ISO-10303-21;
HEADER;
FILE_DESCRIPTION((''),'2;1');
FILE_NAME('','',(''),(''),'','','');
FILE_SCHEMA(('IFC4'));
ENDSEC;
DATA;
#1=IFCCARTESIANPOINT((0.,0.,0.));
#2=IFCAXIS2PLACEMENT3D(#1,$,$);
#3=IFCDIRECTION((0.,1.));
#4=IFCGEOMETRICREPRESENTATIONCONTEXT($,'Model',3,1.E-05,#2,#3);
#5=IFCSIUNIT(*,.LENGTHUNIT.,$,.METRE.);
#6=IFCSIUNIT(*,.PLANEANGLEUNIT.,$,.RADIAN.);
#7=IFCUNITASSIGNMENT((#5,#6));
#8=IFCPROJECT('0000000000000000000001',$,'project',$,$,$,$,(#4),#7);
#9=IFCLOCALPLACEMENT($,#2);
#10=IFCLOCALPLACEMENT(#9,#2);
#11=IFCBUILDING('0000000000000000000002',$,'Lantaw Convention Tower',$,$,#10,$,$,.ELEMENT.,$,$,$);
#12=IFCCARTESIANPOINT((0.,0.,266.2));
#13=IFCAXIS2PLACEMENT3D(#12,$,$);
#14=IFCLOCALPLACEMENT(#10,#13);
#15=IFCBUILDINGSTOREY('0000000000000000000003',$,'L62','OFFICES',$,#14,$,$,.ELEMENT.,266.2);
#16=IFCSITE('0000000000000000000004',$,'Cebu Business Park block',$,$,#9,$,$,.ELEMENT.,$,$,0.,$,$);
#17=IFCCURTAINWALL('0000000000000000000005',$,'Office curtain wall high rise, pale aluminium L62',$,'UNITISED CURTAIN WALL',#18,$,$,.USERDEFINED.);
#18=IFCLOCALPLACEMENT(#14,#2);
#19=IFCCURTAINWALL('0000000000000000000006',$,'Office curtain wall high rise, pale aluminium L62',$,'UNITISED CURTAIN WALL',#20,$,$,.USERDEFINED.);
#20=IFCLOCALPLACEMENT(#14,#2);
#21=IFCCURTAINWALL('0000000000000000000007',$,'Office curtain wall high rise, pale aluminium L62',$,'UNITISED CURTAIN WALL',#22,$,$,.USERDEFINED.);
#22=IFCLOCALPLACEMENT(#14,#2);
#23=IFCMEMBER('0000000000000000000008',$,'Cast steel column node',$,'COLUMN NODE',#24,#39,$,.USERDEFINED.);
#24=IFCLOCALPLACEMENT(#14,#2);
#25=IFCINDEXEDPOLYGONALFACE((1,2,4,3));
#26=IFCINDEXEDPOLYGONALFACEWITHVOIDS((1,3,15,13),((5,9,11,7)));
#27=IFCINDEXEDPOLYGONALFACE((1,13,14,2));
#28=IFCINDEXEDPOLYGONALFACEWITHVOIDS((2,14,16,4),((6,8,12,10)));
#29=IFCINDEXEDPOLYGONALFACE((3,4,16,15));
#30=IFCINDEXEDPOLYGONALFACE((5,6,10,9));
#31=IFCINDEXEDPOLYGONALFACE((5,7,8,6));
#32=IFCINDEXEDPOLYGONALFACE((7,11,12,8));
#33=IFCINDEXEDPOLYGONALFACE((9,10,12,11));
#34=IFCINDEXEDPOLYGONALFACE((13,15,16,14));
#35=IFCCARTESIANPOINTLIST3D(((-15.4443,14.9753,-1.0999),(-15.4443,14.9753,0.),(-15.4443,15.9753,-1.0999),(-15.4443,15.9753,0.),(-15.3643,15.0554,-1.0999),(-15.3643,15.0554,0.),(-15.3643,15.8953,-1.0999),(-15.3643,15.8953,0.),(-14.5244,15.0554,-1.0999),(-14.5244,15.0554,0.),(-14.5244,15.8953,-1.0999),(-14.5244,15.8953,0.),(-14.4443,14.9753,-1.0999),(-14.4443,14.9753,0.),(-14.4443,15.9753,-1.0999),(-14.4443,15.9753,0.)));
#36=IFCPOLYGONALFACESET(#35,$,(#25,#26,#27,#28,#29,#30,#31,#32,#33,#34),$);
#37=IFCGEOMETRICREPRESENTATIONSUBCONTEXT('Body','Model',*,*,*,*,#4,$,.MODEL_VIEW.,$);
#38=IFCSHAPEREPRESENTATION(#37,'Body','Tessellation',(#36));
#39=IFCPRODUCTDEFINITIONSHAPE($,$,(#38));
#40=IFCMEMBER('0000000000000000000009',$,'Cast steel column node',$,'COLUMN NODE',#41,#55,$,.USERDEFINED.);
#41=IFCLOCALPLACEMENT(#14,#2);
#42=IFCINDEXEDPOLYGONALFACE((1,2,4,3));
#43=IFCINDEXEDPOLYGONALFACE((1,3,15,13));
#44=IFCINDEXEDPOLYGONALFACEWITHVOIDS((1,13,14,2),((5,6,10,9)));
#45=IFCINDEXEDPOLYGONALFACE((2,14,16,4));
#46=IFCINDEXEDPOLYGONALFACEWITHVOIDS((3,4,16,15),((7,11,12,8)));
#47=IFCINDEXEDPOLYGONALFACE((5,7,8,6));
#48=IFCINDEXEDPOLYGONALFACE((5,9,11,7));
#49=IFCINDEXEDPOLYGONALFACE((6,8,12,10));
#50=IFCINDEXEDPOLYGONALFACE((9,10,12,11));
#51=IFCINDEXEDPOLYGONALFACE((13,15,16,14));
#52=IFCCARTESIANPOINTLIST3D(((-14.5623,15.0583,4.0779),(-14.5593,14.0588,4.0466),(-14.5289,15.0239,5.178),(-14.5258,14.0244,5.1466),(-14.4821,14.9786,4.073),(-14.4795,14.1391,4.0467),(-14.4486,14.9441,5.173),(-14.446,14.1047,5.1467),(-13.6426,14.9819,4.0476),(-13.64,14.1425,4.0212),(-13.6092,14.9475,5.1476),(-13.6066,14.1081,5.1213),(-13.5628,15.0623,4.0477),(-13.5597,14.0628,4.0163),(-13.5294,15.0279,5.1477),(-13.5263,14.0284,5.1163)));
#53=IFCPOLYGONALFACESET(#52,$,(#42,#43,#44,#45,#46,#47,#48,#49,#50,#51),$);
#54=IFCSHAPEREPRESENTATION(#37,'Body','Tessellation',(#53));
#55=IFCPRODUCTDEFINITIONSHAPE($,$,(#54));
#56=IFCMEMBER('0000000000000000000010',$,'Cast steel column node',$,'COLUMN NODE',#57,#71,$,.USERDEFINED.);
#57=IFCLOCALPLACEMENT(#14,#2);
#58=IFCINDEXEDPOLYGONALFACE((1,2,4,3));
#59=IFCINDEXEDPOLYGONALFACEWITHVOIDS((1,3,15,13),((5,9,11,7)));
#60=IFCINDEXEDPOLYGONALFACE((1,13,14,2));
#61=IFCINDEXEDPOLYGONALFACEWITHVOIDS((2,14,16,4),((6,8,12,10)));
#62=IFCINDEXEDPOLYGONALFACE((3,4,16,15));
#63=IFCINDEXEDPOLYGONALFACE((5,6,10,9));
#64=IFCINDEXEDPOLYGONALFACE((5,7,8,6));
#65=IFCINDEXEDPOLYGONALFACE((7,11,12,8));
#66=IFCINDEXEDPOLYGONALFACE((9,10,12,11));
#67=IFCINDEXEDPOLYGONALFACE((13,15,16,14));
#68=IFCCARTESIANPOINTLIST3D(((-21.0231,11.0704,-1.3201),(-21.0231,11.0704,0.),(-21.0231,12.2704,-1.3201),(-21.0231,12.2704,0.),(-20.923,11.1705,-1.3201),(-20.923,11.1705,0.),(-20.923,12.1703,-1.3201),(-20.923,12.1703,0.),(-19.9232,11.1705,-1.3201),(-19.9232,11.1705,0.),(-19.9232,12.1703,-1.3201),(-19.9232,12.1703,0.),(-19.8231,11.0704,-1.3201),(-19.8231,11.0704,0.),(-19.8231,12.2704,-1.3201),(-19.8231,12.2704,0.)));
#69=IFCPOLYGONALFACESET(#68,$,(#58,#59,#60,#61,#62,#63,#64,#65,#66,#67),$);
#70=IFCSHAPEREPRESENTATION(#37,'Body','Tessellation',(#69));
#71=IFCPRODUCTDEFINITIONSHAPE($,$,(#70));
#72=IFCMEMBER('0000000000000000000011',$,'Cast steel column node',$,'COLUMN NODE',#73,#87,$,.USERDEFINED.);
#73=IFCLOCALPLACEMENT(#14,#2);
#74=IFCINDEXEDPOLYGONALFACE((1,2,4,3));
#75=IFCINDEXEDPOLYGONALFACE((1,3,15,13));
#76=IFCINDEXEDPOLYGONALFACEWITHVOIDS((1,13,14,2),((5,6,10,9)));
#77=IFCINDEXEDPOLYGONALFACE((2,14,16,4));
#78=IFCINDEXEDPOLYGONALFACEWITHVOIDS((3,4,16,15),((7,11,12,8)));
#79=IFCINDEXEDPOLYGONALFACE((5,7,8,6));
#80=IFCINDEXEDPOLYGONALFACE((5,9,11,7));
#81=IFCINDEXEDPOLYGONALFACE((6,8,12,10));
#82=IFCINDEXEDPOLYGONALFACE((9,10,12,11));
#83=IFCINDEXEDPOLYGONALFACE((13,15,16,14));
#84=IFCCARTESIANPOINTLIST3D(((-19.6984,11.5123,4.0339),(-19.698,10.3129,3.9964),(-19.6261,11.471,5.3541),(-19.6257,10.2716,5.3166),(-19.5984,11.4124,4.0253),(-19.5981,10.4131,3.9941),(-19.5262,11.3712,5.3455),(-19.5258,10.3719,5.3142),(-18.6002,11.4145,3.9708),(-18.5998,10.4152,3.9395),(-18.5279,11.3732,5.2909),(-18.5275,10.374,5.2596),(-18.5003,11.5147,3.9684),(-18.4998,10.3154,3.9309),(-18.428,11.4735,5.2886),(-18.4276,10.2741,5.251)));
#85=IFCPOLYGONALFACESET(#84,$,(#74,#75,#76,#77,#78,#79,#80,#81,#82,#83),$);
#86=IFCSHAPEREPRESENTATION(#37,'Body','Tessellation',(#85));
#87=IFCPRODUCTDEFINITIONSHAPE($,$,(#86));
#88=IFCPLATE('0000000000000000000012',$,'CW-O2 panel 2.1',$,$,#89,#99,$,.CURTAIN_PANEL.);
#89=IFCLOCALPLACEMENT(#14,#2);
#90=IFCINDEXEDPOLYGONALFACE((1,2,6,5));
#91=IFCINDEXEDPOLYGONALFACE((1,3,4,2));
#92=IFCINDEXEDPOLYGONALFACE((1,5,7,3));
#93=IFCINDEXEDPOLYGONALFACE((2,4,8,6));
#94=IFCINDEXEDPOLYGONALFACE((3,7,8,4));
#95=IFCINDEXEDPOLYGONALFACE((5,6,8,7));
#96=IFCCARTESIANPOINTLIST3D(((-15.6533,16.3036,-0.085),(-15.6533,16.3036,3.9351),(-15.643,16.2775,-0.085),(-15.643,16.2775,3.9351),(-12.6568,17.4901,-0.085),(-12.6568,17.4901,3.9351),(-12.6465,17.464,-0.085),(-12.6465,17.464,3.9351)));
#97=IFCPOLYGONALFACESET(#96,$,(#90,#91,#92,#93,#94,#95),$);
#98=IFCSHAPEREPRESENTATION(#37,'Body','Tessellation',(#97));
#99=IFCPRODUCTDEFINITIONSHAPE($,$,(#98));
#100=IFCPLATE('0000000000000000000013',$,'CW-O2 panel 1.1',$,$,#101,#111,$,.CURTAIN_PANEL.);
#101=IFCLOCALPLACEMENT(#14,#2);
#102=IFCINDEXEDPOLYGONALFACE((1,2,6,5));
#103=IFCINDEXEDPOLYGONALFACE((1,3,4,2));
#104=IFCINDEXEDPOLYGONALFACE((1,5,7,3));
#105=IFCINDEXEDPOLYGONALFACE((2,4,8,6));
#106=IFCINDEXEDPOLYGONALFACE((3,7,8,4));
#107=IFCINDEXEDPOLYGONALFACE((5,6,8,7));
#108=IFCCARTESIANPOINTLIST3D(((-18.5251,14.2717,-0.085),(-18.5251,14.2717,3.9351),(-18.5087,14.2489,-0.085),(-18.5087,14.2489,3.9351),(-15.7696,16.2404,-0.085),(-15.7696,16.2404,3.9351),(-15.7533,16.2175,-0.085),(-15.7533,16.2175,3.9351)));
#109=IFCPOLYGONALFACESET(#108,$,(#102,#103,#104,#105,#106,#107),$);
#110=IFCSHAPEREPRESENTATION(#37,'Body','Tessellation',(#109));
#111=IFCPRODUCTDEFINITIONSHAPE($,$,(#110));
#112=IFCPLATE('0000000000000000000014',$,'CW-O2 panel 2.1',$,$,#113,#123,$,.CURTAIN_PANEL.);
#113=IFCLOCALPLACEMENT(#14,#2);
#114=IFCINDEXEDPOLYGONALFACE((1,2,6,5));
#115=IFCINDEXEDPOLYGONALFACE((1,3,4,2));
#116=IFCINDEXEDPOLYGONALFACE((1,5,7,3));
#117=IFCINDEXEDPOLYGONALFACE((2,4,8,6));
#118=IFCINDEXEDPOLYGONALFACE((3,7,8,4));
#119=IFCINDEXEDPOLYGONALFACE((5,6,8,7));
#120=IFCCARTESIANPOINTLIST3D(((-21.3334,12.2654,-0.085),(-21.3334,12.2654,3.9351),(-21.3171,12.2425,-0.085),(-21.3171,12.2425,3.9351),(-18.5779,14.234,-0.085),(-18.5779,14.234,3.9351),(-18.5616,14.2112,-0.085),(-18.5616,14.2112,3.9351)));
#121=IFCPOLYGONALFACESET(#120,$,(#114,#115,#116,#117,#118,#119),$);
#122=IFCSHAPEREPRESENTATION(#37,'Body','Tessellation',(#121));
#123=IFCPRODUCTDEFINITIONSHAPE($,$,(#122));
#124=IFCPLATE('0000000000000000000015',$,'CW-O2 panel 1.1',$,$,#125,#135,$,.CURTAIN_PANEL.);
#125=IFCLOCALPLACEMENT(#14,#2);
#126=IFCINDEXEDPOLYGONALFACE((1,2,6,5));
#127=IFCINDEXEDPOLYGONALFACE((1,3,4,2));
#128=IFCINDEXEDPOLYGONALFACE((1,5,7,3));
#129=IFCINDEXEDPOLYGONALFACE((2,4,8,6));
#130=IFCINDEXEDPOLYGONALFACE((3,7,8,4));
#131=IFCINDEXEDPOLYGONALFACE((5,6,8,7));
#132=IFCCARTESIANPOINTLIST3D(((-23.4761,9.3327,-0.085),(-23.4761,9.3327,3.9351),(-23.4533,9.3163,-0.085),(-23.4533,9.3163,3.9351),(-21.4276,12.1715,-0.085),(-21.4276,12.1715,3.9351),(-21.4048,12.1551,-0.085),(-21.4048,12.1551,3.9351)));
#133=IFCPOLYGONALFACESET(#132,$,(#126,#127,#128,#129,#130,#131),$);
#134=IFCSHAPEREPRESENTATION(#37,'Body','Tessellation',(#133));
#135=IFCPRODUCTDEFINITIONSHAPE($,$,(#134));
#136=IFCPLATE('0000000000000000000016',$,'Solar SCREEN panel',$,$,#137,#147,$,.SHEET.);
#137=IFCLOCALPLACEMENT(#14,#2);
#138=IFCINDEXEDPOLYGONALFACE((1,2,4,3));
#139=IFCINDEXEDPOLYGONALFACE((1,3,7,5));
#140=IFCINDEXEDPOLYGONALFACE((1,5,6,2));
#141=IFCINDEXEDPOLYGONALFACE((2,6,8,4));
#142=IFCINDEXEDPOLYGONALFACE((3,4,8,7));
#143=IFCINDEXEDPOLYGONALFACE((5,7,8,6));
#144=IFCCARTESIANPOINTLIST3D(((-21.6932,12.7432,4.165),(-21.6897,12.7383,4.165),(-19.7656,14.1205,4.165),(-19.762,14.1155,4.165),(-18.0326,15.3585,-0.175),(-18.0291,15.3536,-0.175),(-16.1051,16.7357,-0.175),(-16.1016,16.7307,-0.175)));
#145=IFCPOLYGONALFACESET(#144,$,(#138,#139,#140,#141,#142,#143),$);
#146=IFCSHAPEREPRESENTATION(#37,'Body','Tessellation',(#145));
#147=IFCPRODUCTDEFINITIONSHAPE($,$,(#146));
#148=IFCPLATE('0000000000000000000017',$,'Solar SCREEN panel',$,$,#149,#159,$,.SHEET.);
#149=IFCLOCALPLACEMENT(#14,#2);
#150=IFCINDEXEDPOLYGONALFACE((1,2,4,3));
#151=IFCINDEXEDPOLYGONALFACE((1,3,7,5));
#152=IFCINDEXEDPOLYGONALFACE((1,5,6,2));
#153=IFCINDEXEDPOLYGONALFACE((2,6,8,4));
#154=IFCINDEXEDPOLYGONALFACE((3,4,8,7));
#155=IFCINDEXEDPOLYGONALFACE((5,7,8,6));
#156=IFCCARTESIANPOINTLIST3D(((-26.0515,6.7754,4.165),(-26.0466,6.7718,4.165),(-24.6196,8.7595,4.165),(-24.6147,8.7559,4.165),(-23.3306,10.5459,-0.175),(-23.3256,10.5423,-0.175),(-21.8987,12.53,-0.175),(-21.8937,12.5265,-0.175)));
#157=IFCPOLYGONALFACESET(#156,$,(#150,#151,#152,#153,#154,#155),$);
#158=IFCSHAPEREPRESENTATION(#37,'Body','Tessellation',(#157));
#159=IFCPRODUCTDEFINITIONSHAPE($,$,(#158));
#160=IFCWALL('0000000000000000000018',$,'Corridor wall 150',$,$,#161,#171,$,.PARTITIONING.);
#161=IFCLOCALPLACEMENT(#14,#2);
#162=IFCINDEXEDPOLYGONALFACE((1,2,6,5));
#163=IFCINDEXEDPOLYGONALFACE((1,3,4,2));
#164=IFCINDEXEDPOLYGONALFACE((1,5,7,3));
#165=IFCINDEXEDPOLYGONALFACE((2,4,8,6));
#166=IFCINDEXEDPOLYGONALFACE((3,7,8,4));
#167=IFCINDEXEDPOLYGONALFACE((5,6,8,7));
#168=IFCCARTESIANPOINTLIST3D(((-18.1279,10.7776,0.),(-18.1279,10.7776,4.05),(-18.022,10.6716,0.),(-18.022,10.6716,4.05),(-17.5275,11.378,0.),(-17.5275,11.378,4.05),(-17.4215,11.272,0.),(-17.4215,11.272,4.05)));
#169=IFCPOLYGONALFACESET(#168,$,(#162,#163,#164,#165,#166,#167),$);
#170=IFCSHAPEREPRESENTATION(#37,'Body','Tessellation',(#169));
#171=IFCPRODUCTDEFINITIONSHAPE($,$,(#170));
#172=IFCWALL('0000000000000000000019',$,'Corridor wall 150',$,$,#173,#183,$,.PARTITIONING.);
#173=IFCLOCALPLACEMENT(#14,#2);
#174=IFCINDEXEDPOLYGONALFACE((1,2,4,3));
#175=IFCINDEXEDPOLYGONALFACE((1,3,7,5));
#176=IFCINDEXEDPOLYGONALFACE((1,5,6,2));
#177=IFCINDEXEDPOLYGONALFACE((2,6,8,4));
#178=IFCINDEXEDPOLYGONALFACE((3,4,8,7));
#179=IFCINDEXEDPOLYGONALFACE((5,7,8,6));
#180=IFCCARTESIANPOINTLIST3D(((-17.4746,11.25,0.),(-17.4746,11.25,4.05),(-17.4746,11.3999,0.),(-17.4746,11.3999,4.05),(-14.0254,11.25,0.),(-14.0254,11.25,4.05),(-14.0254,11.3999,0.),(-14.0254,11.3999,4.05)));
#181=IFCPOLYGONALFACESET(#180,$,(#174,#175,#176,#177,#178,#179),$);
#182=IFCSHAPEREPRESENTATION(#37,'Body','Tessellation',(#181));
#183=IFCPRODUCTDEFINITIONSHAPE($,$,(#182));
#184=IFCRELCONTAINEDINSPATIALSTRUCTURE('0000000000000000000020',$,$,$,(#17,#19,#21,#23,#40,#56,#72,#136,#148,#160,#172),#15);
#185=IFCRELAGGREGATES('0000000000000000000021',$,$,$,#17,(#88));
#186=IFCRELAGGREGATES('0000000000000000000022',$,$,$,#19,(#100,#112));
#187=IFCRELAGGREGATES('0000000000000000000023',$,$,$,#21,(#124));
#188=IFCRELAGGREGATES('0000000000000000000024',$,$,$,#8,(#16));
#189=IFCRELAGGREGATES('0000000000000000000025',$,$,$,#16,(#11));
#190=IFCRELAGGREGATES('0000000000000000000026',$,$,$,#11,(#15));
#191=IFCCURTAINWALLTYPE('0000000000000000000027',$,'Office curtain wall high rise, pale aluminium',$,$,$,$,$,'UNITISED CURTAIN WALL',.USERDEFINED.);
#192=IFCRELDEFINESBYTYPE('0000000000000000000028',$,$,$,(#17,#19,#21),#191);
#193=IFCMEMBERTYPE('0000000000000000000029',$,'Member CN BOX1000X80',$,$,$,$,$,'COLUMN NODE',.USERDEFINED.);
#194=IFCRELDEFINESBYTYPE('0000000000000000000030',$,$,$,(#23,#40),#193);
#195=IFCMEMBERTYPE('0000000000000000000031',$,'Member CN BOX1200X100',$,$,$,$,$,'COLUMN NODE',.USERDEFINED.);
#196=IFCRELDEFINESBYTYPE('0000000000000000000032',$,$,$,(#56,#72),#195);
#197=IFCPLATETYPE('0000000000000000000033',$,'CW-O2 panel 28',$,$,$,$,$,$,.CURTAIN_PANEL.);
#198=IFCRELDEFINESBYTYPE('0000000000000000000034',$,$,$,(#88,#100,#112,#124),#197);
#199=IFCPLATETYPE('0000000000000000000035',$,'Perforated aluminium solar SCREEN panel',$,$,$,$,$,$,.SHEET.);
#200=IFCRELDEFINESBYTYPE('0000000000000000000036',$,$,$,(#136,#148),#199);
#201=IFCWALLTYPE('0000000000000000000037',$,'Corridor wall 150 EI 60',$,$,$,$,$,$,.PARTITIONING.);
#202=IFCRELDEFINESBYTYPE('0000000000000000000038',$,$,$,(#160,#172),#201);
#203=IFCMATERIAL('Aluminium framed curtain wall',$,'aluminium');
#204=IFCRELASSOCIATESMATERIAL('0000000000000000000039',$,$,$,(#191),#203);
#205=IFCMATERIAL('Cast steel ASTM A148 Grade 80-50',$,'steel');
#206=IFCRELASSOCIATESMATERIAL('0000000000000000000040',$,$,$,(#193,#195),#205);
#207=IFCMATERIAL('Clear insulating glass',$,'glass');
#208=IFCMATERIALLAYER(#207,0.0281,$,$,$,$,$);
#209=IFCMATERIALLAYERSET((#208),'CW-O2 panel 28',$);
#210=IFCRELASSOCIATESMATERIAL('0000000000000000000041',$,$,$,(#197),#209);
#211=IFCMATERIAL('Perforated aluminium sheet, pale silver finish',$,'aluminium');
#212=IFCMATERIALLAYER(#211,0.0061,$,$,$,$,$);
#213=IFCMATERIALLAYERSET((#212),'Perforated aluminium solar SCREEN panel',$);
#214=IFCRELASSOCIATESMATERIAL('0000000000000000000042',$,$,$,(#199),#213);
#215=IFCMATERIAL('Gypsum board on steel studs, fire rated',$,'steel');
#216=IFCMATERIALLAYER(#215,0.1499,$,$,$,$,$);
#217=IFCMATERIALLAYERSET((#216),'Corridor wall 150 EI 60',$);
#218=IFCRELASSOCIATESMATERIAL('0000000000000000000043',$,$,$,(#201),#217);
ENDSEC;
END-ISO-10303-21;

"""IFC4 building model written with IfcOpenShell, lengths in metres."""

from ifc_helpers import new_model, si_unit, direction, frame, frame_2d, origin, origin_2d, place, context, subcontext, project, spatial, polyline, rectangle, hollow_rectangle, outline, extrude, material, layer, layer_set, material_profile, profile_set, type_object, element, aggregate, save


model = new_model("IFC4")

# Units and contexts
model_context = context("Model", 3, precision=1e-05, world=origin(), true_north=direction((0.0, 1.0)))
body_context = subcontext(model_context, "Body", "Model", "MODEL_VIEW")
ifc_project = project(units=[si_unit("LENGTHUNIT", "METRE"), si_unit("PLANEANGLEUNIT", "RADIAN")], contexts=[model_context])

# Site, building, storey
site_placement = place(None, origin())
site = spatial("IfcSite", under=ifc_project, at=site_placement, Name="Cebu Business Park block", CompositionType="ELEMENT", RefElevation=0.0)
building_placement = place(site_placement, origin())
building = spatial("IfcBuilding", under=site, at=building_placement, Name="Lantaw Convention Tower", CompositionType="ELEMENT")
storey_placement = place(building_placement, frame((0.0, 0.0, 266.2)))
storey = spatial("IfcBuildingStorey", under=building, at=storey_placement, Name="L62", Description="OFFICES", CompositionType="ELEMENT", Elevation=266.2)

# Curtain walls
ifc_material_1 = material(Name="Aluminium framed curtain wall", Category="aluminium")
curtain_wall_type = type_object("IfcCurtainWallType", Name="Office curtain wall high rise, pale aluminium", ElementType="UNITISED CURTAIN WALL", PredefinedType="USERDEFINED", material=ifc_material_1)
curtain_wall_1_placement = place(storey_placement, origin())
curtain_wall_1 = element("IfcCurtainWall", 1, at=curtain_wall_1_placement, inside=storey, type_object=curtain_wall_type, Name="Office curtain wall high rise, pale aluminium L62", ObjectType="UNITISED CURTAIN WALL", PredefinedType="USERDEFINED")
curtain_wall_2_placement = place(storey_placement, origin())
curtain_wall_2 = element("IfcCurtainWall", 2, at=curtain_wall_2_placement, inside=storey, type_object=curtain_wall_type, Name="Office curtain wall high rise, pale aluminium L62", ObjectType="UNITISED CURTAIN WALL", PredefinedType="USERDEFINED")
curtain_wall_3_placement = place(storey_placement, origin())
curtain_wall_3 = element("IfcCurtainWall", 3, at=curtain_wall_3_placement, inside=storey, type_object=curtain_wall_type, Name="Office curtain wall high rise, pale aluminium L62", ObjectType="UNITISED CURTAIN WALL", PredefinedType="USERDEFINED")

# Members
ifc_material_2 = material(Name="Cast steel ASTM A148 Grade 80-50", Category="steel")
ifc_material_profile_1 = material_profile(ifc_material_2, hollow_rectangle(XDim=1.0, YDim=1.0, WallThickness=0.0801, at=origin_2d()), Name="BOX1000X80")
ifc_profile_set_1 = profile_set([ifc_material_profile_1], Name="Cast steel ASTM A148 Grade 80-50")
member_type_1 = type_object("IfcMemberType", Name="Member CN BOX1000X80", ElementType="COLUMN NODE", PredefinedType="USERDEFINED", material=ifc_profile_set_1)
member_1_placement = place(storey_placement, frame((-14.9443, 15.4753, -1.0999), z_axis=(0.0, 0.0, 1.0), x_axis=(1.0, 0.0, 0.0)))
element("IfcMember", 4, at=member_1_placement, inside=storey, type_object=member_type_1, Name="Cast steel column node", ObjectType="COLUMN NODE", PredefinedType="USERDEFINED", context=body_context, shape_type="SweptSolid", body=[
    extrude(hollow_rectangle(XDim=1.0, YDim=1.0, WallThickness=0.0801, at=origin_2d()), origin(), (0.0, 0.0, 1.0), 1.0999),
])
member_2_placement = place(storey_placement, frame((-14.061, 14.5605, 4.0471), z_axis=(0.030375, -0.031262, 0.99905), x_axis=(0.999534, 0.004021, -0.030264)))
element("IfcMember", 5, at=member_2_placement, inside=storey, type_object=member_type_1, Name="Cast steel column node", ObjectType="COLUMN NODE", PredefinedType="USERDEFINED", context=body_context, shape_type="SweptSolid", body=[
    extrude(hollow_rectangle(XDim=1.0, YDim=1.0, WallThickness=0.0801, at=origin_2d()), origin(), (0.0, 0.0, 1.0), 1.1011),
])
ifc_material_profile_2 = material_profile(ifc_material_2, hollow_rectangle(XDim=1.2, YDim=1.2, WallThickness=0.1001, at=origin_2d()), Name="BOX1200X100")
ifc_profile_set_2 = profile_set([ifc_material_profile_2], Name="Cast steel ASTM A148 Grade 80-50")
member_type_2 = type_object("IfcMemberType", Name="Member CN BOX1200X100", ElementType="COLUMN NODE", PredefinedType="USERDEFINED", material=ifc_profile_set_2)
member_3_placement = place(storey_placement, frame((-20.4231, 11.6704, -1.3201), z_axis=(0.0, 0.0, 1.0), x_axis=(1.0, 0.0, 0.0)))
element("IfcMember", 6, at=member_3_placement, inside=storey, type_object=member_type_2, Name="Cast steel column node", ObjectType="COLUMN NODE", PredefinedType="USERDEFINED", context=body_context, shape_type="SweptSolid", body=[
    extrude(hollow_rectangle(XDim=1.2, YDim=1.2, WallThickness=0.1001, at=origin_2d()), origin(), (0.0, 0.0, 1.0), 1.3201),
])
member_4_placement = place(storey_placement, frame((-19.0991, 10.9138, 3.9824), z_axis=(0.054635, -0.031194, 0.998019), x_axis=(0.998506, 0.002071, -0.054597)))
element("IfcMember", 7, at=member_4_placement, inside=storey, type_object=member_type_2, Name="Cast steel column node", ObjectType="COLUMN NODE", PredefinedType="USERDEFINED", context=body_context, shape_type="SweptSolid", body=[
    extrude(hollow_rectangle(XDim=1.2, YDim=1.2, WallThickness=0.1001, at=origin_2d()), origin(), (0.0, 0.0, 1.0), 1.3228),
])

# Plates
ifc_material_3 = material(Name="Clear insulating glass", Category="glass")
ifc_layer_1 = layer(ifc_material_3, 0.0281)
ifc_layer_set_1 = layer_set([ifc_layer_1], Name="CW-O2 panel 28")
plate_type_1 = type_object("IfcPlateType", Name="CW-O2 panel 28", PredefinedType="CURTAIN_PANEL", material=ifc_layer_set_1)
plate_1_placement = place(storey_placement, frame((-14.1499, 16.8838, -0.085), z_axis=(0.0, 0.0, 1.0), x_axis=(-0.929762, -0.368162, 0.0)))
plate_1 = element("IfcPlate", 8, at=plate_1_placement, type_object=plate_type_1, Name="CW-O2 panel 2.1", PredefinedType="CURTAIN_PANEL", context=body_context, shape_type="SweptSolid", body=[
    extrude(rectangle(XDim=3.2229, YDim=0.0281, at=origin_2d()), origin(), (0.0, 0.0, 1.0), 4.02),
])
aggregate(curtain_wall_1, [plate_1])
plate_2_placement = place(storey_placement, frame((-17.1392, 15.2446, -0.085), z_axis=(0.0, 0.0, 1.0), x_axis=(-0.813673, -0.581323, 0.0)))
plate_2 = element("IfcPlate", 9, at=plate_2_placement, type_object=plate_type_1, Name="CW-O2 panel 1.1", PredefinedType="CURTAIN_PANEL", context=body_context, shape_type="SweptSolid", body=[
    extrude(rectangle(XDim=3.3865, YDim=0.0281, at=origin_2d()), origin(), (0.0, 0.0, 1.0), 4.02),
])
plate_3_placement = place(storey_placement, frame((-19.9475, 13.2383, -0.085), z_axis=(0.0, 0.0, 1.0), x_axis=(-0.813673, -0.581323, 0.0)))
plate_3 = element("IfcPlate", 10, at=plate_3_placement, type_object=plate_type_1, Name="CW-O2 panel 2.1", PredefinedType="CURTAIN_PANEL", context=body_context, shape_type="SweptSolid", body=[
    extrude(rectangle(XDim=3.3865, YDim=0.0281, at=origin_2d()), origin(), (0.0, 0.0, 1.0), 4.02),
])
aggregate(curtain_wall_2, [plate_2, plate_3])
plate_4_placement = place(storey_placement, frame((-22.4404, 10.7439, -0.085), z_axis=(0.0, 0.0, 1.0), x_axis=(-0.585158, -0.81092, 0.0)))
plate_4 = element("IfcPlate", 11, at=plate_4_placement, type_object=plate_type_1, Name="CW-O2 panel 1.1", PredefinedType="CURTAIN_PANEL", context=body_context, shape_type="SweptSolid", body=[
    extrude(rectangle(XDim=3.5007, YDim=0.0281, at=origin_2d()), origin(), (0.0, 0.0, 1.0), 4.02),
])
aggregate(curtain_wall_3, [plate_4])

# Plates
ifc_material_4 = material(Name="Perforated aluminium sheet, pale silver finish", Category="aluminium")
ifc_layer_2 = layer(ifc_material_4, 0.0061)
ifc_layer_set_2 = layer_set([ifc_layer_2], Name="Perforated aluminium solar SCREEN panel")
plate_type_2 = type_object("IfcPlateType", Name="Perforated aluminium solar SCREEN panel", PredefinedType="SHEET", material=ifc_layer_set_2)
plate_5_placement = place(storey_placement, frame((-16.1016, 16.7307, -0.175), z_axis=(0.581331, -0.813667, 0.00001), x_axis=(-0.813667, -0.581331, 0.0)))
element("IfcPlate", 12, at=plate_5_placement, inside=storey, type_object=plate_type_2, Name="Solar SCREEN panel", PredefinedType="SHEET", context=body_context, shape_type="SweptSolid", body=[
    extrude(outline(polyline([(0.0, 0.0), (2.3689, 0.0), (6.8678, -4.3401), (4.4987, -4.3401), (0.0, 0.0)])), origin(), (0.0, 0.0, -1.0), 0.0061),
])
plate_6_placement = place(storey_placement, frame((-21.8987, 12.53, -0.175), z_axis=(-0.810892, 0.585195, 0.00002), x_axis=(-0.585195, -0.810892, 0.0)))
element("IfcPlate", 13, at=plate_6_placement, inside=storey, type_object=plate_type_2, Name="Solar SCREEN panel", PredefinedType="SHEET", context=body_context, shape_type="SweptSolid", body=[
    extrude(outline(polyline([(0.0, 0.0), (2.4468, 0.0), (7.0966, 4.3401), (4.6498, 4.3401), (0.0, 0.0)])), origin(), (0.0, 0.0, -1.0), 0.0061),
])

# Walls
ifc_material_5 = material(Name="Gypsum board on steel studs, fire rated", Category="steel")
ifc_layer_3 = layer(ifc_material_5, 0.1499)
ifc_layer_set_3 = layer_set([ifc_layer_3], Name="Corridor wall 150 EI 60")
wall_type = type_object("IfcWallType", Name="Corridor wall 150 EI 60", PredefinedType="PARTITIONING", material=ifc_layer_set_3)
wall_1_placement = place(storey_placement, frame((-18.075, 10.7246, 0.0), z_axis=(0.0, 0.0, 1.0), x_axis=(0.707107, 0.707107, 0.0)))
element("IfcWall", 14, at=wall_1_placement, inside=storey, type_object=wall_type, Name="Corridor wall 150", PredefinedType="PARTITIONING", context=body_context, shape_type="SweptSolid", body=[
    extrude(rectangle(XDim=0.8491, YDim=0.1499, at=frame_2d((0.4246, 0.0))), origin(), (0.0, 0.0, 1.0), 4.05),
])
wall_2_placement = place(storey_placement, frame((-17.4746, 11.325, 0.0), z_axis=(0.0, 0.0, 1.0), x_axis=(1.0, 0.0, 0.0)))
element("IfcWall", 15, at=wall_2_placement, inside=storey, type_object=wall_type, Name="Corridor wall 150", PredefinedType="PARTITIONING", context=body_context, shape_type="SweptSolid", body=[
    extrude(rectangle(XDim=3.4492, YDim=0.1499, at=frame_2d((1.7246, 0.0))), origin(), (0.0, 0.0, 1.0), 4.05),
])

save(model, "model.ifc")
